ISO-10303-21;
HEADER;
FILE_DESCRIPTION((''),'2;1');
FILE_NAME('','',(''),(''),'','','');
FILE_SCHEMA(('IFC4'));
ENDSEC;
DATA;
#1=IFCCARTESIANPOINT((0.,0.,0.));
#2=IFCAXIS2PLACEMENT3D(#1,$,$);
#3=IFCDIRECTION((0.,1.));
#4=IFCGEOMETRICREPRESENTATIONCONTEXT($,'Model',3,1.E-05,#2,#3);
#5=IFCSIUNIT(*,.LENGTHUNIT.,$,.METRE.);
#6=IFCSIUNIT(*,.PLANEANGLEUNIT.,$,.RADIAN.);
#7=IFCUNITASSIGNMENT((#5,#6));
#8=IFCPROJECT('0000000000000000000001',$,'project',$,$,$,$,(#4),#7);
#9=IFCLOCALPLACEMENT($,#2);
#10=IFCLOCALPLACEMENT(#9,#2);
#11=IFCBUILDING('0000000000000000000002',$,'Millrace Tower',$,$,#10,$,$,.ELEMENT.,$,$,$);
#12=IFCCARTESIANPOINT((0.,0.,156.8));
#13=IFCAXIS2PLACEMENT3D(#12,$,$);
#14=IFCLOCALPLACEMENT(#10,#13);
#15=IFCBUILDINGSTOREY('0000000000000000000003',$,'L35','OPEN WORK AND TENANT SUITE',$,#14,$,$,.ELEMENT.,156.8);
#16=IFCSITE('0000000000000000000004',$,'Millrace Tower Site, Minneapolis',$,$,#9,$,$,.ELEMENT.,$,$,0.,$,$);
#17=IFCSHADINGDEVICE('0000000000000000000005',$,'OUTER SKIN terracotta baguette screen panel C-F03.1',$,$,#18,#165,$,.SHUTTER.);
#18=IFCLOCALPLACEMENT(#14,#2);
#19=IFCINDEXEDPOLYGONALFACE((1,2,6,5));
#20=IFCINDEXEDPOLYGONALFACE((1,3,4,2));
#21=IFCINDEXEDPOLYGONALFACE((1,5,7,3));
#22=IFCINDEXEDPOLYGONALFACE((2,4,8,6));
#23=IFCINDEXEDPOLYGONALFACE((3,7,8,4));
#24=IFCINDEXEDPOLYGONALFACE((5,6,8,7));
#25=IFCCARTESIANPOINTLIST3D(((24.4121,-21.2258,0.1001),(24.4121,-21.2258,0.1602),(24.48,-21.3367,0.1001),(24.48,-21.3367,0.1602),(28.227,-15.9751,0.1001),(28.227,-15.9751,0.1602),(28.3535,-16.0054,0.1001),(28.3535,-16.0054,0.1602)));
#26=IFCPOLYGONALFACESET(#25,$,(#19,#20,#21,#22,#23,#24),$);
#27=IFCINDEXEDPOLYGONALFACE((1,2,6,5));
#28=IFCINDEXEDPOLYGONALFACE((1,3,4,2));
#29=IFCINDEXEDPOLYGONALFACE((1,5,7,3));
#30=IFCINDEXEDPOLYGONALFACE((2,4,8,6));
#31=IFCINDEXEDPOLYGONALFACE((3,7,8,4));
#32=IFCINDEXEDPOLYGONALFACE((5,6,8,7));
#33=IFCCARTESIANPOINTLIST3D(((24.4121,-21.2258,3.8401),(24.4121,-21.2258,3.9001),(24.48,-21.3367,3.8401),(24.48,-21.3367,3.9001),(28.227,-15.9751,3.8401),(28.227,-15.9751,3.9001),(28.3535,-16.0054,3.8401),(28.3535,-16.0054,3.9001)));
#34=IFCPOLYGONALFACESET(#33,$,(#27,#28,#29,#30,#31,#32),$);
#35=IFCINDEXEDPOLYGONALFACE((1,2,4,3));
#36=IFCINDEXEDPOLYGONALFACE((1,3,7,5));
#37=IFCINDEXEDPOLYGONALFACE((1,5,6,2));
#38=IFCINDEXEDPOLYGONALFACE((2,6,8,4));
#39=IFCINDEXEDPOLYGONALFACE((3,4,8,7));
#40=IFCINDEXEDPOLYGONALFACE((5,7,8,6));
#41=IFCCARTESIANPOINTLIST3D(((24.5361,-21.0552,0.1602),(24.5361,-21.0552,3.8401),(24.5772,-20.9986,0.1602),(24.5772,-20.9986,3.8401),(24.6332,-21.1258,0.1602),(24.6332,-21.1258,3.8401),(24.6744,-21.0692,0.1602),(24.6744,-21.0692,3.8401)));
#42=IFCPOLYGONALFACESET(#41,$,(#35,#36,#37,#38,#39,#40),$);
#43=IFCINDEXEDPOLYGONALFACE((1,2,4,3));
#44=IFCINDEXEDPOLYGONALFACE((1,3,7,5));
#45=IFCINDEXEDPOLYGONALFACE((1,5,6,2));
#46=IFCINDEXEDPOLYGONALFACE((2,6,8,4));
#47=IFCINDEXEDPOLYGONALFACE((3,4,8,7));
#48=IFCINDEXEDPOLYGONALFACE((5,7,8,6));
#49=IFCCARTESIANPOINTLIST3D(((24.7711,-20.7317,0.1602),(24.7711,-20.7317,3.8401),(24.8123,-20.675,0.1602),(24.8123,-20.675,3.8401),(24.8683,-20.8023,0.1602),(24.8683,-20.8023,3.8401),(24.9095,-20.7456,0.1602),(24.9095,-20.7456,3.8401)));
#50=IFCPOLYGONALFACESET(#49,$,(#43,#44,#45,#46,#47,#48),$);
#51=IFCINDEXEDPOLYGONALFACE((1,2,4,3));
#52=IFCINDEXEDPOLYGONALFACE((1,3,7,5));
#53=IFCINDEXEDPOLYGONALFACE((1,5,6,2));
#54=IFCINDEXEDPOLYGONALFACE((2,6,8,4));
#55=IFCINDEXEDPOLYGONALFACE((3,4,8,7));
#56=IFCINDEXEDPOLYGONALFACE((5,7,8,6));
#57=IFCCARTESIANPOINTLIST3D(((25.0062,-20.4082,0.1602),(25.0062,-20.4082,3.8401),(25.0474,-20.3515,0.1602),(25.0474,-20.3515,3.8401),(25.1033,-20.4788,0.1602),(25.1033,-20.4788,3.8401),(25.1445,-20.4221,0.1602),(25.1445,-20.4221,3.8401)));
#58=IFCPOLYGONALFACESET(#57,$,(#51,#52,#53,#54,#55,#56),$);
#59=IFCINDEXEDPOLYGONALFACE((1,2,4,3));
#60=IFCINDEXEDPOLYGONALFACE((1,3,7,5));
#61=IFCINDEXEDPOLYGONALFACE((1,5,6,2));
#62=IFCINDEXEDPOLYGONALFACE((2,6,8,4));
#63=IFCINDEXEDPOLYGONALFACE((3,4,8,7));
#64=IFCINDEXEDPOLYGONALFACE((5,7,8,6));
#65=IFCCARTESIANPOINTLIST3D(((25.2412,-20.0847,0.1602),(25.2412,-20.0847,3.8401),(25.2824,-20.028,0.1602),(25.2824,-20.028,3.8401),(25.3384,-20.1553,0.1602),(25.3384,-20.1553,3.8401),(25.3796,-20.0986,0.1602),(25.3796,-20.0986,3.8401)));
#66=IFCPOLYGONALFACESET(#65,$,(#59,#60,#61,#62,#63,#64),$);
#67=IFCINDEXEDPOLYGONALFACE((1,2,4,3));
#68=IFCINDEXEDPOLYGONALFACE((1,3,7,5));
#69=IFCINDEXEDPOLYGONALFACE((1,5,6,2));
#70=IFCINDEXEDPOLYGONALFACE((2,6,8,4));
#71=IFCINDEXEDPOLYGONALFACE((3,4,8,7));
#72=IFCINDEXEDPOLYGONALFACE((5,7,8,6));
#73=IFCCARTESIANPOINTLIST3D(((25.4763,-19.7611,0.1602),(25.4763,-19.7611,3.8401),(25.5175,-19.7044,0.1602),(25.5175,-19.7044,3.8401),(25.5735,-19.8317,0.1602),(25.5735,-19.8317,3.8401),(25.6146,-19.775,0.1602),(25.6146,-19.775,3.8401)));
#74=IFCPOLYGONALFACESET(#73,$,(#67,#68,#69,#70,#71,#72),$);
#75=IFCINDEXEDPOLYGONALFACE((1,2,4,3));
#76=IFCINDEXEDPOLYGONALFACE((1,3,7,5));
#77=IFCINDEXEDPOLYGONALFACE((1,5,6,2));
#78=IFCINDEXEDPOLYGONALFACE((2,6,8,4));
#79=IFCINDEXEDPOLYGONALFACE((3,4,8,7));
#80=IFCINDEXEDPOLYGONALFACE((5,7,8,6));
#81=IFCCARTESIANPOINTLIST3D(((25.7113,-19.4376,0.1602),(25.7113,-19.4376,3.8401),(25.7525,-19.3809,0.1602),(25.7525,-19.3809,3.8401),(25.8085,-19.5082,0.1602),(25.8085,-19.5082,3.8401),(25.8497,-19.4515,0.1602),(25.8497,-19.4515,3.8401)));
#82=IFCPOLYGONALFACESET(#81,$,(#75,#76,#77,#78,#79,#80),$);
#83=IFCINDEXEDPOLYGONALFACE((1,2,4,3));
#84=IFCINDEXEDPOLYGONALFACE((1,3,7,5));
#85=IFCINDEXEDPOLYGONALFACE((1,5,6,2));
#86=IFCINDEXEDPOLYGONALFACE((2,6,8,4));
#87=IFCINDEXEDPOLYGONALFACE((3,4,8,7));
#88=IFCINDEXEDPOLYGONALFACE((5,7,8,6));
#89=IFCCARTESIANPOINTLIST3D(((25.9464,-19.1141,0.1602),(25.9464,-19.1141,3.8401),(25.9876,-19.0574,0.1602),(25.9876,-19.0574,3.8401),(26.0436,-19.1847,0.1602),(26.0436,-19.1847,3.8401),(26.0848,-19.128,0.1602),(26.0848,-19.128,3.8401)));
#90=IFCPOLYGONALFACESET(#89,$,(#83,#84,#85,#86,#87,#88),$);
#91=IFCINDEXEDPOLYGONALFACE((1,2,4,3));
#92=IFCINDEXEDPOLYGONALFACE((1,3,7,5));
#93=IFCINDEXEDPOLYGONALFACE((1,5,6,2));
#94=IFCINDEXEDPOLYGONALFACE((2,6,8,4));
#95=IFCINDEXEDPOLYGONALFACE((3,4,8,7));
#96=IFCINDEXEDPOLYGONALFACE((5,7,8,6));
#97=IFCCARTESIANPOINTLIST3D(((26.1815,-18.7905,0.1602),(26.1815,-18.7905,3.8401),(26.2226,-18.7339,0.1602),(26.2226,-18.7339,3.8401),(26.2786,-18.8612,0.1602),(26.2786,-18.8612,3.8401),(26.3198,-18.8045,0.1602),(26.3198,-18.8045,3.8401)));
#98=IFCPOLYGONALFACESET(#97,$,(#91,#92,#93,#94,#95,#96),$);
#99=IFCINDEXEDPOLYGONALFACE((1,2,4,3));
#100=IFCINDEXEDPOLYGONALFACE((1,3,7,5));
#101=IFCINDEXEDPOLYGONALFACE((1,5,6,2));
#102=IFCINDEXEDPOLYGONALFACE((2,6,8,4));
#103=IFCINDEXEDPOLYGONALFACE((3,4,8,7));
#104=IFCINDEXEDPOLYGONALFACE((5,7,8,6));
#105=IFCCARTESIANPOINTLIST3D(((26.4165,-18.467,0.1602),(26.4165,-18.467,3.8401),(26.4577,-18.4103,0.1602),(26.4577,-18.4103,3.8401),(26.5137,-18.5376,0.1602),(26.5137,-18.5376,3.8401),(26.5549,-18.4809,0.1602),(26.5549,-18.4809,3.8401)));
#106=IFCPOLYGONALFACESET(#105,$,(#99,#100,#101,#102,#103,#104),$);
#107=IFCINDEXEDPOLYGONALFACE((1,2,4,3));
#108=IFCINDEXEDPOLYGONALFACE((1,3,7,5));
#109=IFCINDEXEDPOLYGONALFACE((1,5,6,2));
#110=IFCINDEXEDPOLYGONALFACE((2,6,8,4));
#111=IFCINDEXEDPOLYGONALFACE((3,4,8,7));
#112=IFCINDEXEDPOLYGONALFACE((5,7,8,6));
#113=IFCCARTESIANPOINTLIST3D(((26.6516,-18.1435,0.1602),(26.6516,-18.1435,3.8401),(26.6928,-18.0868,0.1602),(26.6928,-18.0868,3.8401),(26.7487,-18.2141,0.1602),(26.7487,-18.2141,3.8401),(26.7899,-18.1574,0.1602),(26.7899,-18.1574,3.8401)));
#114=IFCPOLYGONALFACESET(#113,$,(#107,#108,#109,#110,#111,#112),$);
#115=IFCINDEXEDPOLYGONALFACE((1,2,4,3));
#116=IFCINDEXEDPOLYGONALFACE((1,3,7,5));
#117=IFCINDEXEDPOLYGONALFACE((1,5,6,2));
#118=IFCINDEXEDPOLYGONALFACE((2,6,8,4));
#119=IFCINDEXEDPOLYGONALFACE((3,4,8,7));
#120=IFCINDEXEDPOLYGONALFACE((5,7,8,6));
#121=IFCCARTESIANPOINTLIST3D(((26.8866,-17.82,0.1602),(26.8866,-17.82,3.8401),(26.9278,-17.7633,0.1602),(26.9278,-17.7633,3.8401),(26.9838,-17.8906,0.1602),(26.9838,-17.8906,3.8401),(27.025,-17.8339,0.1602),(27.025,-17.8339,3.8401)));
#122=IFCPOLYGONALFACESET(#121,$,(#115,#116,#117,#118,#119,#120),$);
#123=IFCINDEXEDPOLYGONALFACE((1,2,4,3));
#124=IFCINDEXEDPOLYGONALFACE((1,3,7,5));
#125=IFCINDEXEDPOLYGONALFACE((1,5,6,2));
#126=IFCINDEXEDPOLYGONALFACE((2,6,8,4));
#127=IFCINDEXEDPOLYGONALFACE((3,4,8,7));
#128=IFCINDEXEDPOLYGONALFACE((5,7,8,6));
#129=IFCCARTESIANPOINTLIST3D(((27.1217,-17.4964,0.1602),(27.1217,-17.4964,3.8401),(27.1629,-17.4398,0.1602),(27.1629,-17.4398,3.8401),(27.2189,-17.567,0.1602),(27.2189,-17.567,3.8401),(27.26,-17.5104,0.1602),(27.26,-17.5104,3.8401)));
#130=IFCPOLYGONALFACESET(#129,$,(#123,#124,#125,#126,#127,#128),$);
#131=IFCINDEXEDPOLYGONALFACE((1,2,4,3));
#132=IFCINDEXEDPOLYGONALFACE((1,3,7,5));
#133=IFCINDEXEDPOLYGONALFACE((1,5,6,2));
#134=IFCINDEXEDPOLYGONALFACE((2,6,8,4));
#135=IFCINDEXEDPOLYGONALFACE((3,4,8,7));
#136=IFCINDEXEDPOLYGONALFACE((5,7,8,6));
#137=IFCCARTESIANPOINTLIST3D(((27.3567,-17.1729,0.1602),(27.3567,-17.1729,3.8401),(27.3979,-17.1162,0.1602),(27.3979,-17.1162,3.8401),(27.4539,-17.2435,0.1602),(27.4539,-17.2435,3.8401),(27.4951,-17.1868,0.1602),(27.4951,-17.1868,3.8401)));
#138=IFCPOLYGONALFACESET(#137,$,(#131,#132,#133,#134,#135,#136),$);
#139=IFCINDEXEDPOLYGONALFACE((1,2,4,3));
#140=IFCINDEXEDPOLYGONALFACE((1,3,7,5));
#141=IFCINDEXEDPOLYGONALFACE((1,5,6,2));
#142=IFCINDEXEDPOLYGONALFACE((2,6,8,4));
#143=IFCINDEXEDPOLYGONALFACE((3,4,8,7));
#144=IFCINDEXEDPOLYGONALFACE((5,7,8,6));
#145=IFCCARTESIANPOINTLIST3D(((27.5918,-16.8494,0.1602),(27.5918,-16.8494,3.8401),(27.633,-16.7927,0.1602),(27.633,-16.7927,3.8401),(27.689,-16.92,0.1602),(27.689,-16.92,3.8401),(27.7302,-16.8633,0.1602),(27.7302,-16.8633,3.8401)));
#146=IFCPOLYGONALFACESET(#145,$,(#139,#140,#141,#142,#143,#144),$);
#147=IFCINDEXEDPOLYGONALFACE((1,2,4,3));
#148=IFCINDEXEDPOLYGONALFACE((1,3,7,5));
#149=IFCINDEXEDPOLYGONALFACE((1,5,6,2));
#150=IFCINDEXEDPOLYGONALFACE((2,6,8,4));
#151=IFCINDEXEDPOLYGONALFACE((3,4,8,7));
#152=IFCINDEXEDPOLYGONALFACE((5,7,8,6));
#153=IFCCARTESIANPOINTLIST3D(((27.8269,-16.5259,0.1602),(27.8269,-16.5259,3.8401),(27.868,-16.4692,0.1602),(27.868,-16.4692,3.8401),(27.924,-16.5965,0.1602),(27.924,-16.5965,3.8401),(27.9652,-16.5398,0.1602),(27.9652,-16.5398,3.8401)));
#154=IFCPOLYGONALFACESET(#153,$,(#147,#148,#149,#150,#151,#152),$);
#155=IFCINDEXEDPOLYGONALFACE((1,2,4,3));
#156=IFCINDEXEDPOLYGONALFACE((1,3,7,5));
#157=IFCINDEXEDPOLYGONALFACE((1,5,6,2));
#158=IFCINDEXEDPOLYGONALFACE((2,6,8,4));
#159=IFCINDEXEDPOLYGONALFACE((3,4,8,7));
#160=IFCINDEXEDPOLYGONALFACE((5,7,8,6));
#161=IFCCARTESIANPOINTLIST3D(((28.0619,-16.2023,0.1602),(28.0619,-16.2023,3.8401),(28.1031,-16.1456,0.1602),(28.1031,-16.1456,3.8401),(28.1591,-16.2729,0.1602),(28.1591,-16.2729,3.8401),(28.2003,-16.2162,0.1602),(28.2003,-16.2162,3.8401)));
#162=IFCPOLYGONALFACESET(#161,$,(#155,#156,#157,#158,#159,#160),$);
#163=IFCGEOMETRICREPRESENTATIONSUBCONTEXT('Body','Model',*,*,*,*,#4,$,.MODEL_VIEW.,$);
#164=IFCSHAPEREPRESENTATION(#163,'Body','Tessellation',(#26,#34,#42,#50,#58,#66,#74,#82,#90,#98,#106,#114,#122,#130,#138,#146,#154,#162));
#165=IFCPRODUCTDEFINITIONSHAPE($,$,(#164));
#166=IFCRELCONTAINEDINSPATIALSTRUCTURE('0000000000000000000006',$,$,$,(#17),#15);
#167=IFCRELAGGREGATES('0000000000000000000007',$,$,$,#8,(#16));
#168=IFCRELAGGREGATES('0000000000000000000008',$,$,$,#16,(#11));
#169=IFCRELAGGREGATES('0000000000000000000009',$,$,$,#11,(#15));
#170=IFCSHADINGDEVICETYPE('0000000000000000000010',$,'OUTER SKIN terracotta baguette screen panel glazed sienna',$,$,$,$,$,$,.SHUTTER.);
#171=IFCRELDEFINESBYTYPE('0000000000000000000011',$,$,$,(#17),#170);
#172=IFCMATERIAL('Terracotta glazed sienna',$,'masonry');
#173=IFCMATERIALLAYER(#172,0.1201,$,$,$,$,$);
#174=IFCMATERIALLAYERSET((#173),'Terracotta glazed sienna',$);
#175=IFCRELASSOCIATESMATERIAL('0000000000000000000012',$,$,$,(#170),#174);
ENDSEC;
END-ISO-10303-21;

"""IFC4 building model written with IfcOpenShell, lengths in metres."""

from ifc_helpers import new_model, entity, si_unit, direction, frame, frame_2d, origin, place, context, subcontext, project, spatial, rectangle, extrude, source, transform, mapped, material, layer, layer_set, type_object, element, save


model = new_model("IFC4")

# Units and contexts
model_context = context("Model", 3, precision=1e-05, world=origin(), true_north=direction((0.0, 1.0)))
body_context = subcontext(model_context, "Body", "Model", "MODEL_VIEW")
ifc_project = project(units=[si_unit("LENGTHUNIT", "METRE"), si_unit("PLANEANGLEUNIT", "RADIAN")], contexts=[model_context])

# Site, building, storey
site_placement = place(None, origin())
site = spatial("IfcSite", under=ifc_project, at=site_placement, Name="Millrace Tower Site, Minneapolis", CompositionType="ELEMENT", RefElevation=0.0)
building_placement = place(site_placement, origin())
building = spatial("IfcBuilding", under=site, at=building_placement, Name="Millrace Tower", CompositionType="ELEMENT")
storey_placement = place(building_placement, frame((0.0, 0.0, 156.8)))
storey = spatial("IfcBuildingStorey", under=building, at=storey_placement, Name="L35", Description="OPEN WORK AND TENANT SUITE", CompositionType="ELEMENT", Elevation=156.8)

# Shading device
ifc_material_1 = material(Name="Terracotta glazed sienna", Category="masonry")
ifc_layer_1 = layer(ifc_material_1, 0.1201)
ifc_layer_set_1 = layer_set([ifc_layer_1], Name="Terracotta glazed sienna")
shading_device_type = type_object("IfcShadingDeviceType", Name="OUTER SKIN terracotta baguette screen panel glazed sienna", PredefinedType="SHUTTER", material=ifc_layer_set_1)
cartesian_point_1 = entity("IfcCartesianPoint", [-3.2451, 0.0601])
shared_polyline_1 = entity("IfcPolyline", [cartesian_point_1, entity("IfcCartesianPoint", [3.2451, 0.0601]), entity("IfcCartesianPoint", [3.2949, -0.0601]), entity("IfcCartesianPoint", [-3.2949, -0.0601]), cartesian_point_1])
shared_shape_1 = source(origin(), body_context, "Body", "SweptSolid", [
    entity("IfcExtrudedAreaSolid", entity("IfcArbitraryClosedProfileDef", "AREA", None, shared_polyline_1), entity("IfcAxis2Placement3D", entity("IfcCartesianPoint", [0.0, 0.0, 0.0])), entity("IfcDirection", [0.0, 0.0, 1.0]), 0.0601),
    entity("IfcExtrudedAreaSolid", entity("IfcArbitraryClosedProfileDef", "AREA", None, shared_polyline_1), entity("IfcAxis2Placement3D", entity("IfcCartesianPoint", [0.0, 0.0, 3.74])), entity("IfcDirection", [0.0, 0.0, 1.0]), 0.0601),
    extrude(rectangle(XDim=0.0701, YDim=0.1201, at=frame_2d((-2.9993, 0.0))), frame((0.0, 0.0, 0.0601)), (0.0, 0.0, 1.0), 3.6799),
    extrude(rectangle(XDim=0.0701, YDim=0.1201, at=frame_2d((-2.5994, 0.0))), frame((0.0, 0.0, 0.0601)), (0.0, 0.0, 1.0), 3.6799),
    extrude(rectangle(XDim=0.0701, YDim=0.1201, at=frame_2d((-2.1995, 0.0))), frame((0.0, 0.0, 0.0601)), (0.0, 0.0, 1.0), 3.6799),
    extrude(rectangle(XDim=0.0701, YDim=0.1201, at=frame_2d((-1.7996, 0.0))), frame((0.0, 0.0, 0.0601)), (0.0, 0.0, 1.0), 3.6799),
    extrude(rectangle(XDim=0.0701, YDim=0.1201, at=frame_2d((-1.3997, 0.0))), frame((0.0, 0.0, 0.0601)), (0.0, 0.0, 1.0), 3.6799),
    extrude(rectangle(XDim=0.0701, YDim=0.1201, at=frame_2d((-0.9998, 0.0))), frame((0.0, 0.0, 0.0601)), (0.0, 0.0, 1.0), 3.6799),
    extrude(rectangle(XDim=0.0701, YDim=0.1201, at=frame_2d((-0.5999, 0.0))), frame((0.0, 0.0, 0.0601)), (0.0, 0.0, 1.0), 3.6799),
    extrude(rectangle(XDim=0.0701, YDim=0.1201, at=frame_2d((-0.2, 0.0))), frame((0.0, 0.0, 0.0601)), (0.0, 0.0, 1.0), 3.6799),
    extrude(rectangle(XDim=0.0701, YDim=0.1201, at=frame_2d((0.2, 0.0))), frame((0.0, 0.0, 0.0601)), (0.0, 0.0, 1.0), 3.6799),
    extrude(rectangle(XDim=0.0701, YDim=0.1201, at=frame_2d((0.5999, 0.0))), frame((0.0, 0.0, 0.0601)), (0.0, 0.0, 1.0), 3.6799),
    extrude(rectangle(XDim=0.0701, YDim=0.1201, at=frame_2d((0.9998, 0.0))), frame((0.0, 0.0, 0.0601)), (0.0, 0.0, 1.0), 3.6799),
    extrude(rectangle(XDim=0.0701, YDim=0.1201, at=frame_2d((1.3997, 0.0))), frame((0.0, 0.0, 0.0601)), (0.0, 0.0, 1.0), 3.6799),
    extrude(rectangle(XDim=0.0701, YDim=0.1201, at=frame_2d((1.7996, 0.0))), frame((0.0, 0.0, 0.0601)), (0.0, 0.0, 1.0), 3.6799),
    extrude(rectangle(XDim=0.0701, YDim=0.1201, at=frame_2d((2.1995, 0.0))), frame((0.0, 0.0, 0.0601)), (0.0, 0.0, 1.0), 3.6799),
    extrude(rectangle(XDim=0.0701, YDim=0.1201, at=frame_2d((2.5994, 0.0))), frame((0.0, 0.0, 0.0601)), (0.0, 0.0, 1.0), 3.6799),
    extrude(rectangle(XDim=0.0701, YDim=0.1201, at=frame_2d((2.9993, 0.0))), frame((0.0, 0.0, 0.0601)), (0.0, 0.0, 1.0), 3.6799),
])
shading_device_1_placement = place(storey_placement, frame((26.3682, -18.6357, 0.1001), z_axis=(0.0, 0.0, 1.0), x_axis=(0.587785, 0.809017, 0.0)))
element("IfcShadingDevice", 1, at=shading_device_1_placement, inside=storey, type_object=shading_device_type, Name="OUTER SKIN terracotta baguette screen panel C-F03.1", PredefinedType="SHUTTER", context=body_context, shape_type="MappedRepresentation", body=[
    mapped(shared_shape_1, transform((0.0, 0.0, 0.0), scale=1.0)),
])

save(model, "model.ifc")
